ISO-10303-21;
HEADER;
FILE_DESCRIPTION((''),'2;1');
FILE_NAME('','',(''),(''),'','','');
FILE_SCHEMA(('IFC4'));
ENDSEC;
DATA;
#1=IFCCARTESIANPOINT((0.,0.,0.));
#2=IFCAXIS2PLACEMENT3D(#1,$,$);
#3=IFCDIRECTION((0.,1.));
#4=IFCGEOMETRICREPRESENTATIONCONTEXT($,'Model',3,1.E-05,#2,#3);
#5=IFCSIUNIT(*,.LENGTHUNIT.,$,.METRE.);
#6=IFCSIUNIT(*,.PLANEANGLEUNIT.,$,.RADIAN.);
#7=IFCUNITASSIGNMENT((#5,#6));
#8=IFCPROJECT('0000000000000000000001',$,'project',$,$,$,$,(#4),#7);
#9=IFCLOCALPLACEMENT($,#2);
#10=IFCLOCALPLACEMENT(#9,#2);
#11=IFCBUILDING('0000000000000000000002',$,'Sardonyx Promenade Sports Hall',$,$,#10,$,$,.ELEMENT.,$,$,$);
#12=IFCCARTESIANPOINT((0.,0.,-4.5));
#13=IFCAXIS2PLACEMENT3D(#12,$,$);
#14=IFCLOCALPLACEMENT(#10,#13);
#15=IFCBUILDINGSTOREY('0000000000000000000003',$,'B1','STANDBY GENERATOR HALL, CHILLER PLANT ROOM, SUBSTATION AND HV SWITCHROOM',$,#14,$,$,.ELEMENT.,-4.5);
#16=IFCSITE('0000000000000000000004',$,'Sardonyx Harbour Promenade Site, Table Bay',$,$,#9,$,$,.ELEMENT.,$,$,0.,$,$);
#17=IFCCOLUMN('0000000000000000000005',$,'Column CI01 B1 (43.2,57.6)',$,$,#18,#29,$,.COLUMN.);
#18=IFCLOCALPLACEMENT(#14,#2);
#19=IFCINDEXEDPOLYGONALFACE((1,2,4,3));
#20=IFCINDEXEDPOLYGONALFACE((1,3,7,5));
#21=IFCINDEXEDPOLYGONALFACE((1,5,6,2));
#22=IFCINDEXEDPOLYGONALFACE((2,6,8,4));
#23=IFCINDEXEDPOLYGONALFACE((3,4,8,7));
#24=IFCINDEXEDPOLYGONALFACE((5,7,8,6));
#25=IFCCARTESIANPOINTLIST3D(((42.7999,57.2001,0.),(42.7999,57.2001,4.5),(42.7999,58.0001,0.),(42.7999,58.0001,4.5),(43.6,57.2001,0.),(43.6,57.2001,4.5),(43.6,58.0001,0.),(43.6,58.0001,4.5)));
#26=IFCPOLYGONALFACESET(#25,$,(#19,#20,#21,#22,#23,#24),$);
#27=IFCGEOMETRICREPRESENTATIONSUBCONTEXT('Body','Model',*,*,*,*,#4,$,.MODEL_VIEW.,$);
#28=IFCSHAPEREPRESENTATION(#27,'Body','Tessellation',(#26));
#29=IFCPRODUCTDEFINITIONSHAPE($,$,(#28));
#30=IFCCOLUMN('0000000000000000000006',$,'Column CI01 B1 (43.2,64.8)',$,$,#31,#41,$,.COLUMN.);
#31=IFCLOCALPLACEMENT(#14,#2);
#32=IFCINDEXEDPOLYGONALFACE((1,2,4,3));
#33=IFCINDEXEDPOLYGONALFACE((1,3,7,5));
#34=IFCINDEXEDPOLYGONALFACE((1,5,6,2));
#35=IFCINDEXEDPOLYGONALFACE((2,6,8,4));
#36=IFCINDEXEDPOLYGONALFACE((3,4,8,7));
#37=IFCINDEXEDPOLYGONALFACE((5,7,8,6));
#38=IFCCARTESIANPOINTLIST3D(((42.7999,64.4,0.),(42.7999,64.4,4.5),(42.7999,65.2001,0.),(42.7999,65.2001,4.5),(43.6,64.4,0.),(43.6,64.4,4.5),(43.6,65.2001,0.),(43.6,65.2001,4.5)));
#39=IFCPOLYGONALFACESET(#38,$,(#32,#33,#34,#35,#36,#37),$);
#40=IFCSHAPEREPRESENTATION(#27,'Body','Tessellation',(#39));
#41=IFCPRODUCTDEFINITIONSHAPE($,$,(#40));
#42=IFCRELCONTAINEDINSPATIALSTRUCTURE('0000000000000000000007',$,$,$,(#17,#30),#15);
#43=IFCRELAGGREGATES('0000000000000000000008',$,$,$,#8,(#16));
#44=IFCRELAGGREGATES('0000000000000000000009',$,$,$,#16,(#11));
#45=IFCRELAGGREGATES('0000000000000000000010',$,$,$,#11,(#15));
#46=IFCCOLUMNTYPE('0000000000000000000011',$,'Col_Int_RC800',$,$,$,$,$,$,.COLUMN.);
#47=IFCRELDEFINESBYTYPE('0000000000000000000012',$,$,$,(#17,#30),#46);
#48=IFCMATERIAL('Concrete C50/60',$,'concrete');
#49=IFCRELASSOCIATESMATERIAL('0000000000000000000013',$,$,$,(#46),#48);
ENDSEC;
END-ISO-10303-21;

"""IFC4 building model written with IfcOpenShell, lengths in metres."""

from ifc_helpers import new_model, si_unit, direction, frame, origin, origin_2d, place, context, subcontext, project, spatial, rectangle, extrude, material, material_profile, profile_set, type_object, element, save


model = new_model("IFC4")

# Units and contexts
model_context = context("Model", 3, precision=1e-05, world=origin(), true_north=direction((0.0, 1.0)))
body_context = subcontext(model_context, "Body", "Model", "MODEL_VIEW")
ifc_project = project(units=[si_unit("LENGTHUNIT", "METRE"), si_unit("PLANEANGLEUNIT", "RADIAN")], contexts=[model_context])

# Site, building, storey
site_placement = place(None, origin())
site = spatial("IfcSite", under=ifc_project, at=site_placement, Name="Sardonyx Harbour Promenade Site, Table Bay", CompositionType="ELEMENT", RefElevation=0.0)
building_placement = place(site_placement, origin())
building = spatial("IfcBuilding", under=site, at=building_placement, Name="Sardonyx Promenade Sports Hall", CompositionType="ELEMENT")
storey_placement = place(building_placement, frame((0.0, 0.0, -4.5)))
storey = spatial("IfcBuildingStorey", under=building, at=storey_placement, Name="B1", Description="STANDBY GENERATOR HALL, CHILLER PLANT ROOM, SUBSTATION AND HV SWITCHROOM", CompositionType="ELEMENT", Elevation=-4.5)

# Columns
ifc_material_1 = material(Name="Concrete C50/60", Category="concrete")
ifc_material_profile_1 = material_profile(ifc_material_1, rectangle(XDim=0.8, YDim=0.8, at=origin_2d()))
ifc_profile_set_1 = profile_set([ifc_material_profile_1], Name="Concrete C50/60")
column_type_1 = type_object("IfcColumnType", Name="Col_Int_RC800", PredefinedType="COLUMN", material=ifc_profile_set_1)
for number, where, z_axis, x_axis, name in (
    (1, (43.2, 57.6001, 0.0), (0.0, 0.0, 1.0), (1.0, 0.0, 0.0), "Column CI01 B1 (43.2,57.6)"),
    (2, (43.2, 64.8, 0.0), (0.0, 0.0, 1.0), (1.0, 0.0, 0.0), "Column CI01 B1 (43.2,64.8)"),
):
    element("IfcColumn", number, at=place(storey_placement, frame(where, z_axis=z_axis, x_axis=x_axis)), inside=storey, type_object=column_type_1, Name=name, PredefinedType="COLUMN", context=body_context, shape_type="SweptSolid", body=[
        extrude(rectangle(XDim=0.8, YDim=0.8, at=origin_2d()), origin(), (0.0, 0.0, 1.0), 4.5),
    ])

save(model, "model.ifc")
